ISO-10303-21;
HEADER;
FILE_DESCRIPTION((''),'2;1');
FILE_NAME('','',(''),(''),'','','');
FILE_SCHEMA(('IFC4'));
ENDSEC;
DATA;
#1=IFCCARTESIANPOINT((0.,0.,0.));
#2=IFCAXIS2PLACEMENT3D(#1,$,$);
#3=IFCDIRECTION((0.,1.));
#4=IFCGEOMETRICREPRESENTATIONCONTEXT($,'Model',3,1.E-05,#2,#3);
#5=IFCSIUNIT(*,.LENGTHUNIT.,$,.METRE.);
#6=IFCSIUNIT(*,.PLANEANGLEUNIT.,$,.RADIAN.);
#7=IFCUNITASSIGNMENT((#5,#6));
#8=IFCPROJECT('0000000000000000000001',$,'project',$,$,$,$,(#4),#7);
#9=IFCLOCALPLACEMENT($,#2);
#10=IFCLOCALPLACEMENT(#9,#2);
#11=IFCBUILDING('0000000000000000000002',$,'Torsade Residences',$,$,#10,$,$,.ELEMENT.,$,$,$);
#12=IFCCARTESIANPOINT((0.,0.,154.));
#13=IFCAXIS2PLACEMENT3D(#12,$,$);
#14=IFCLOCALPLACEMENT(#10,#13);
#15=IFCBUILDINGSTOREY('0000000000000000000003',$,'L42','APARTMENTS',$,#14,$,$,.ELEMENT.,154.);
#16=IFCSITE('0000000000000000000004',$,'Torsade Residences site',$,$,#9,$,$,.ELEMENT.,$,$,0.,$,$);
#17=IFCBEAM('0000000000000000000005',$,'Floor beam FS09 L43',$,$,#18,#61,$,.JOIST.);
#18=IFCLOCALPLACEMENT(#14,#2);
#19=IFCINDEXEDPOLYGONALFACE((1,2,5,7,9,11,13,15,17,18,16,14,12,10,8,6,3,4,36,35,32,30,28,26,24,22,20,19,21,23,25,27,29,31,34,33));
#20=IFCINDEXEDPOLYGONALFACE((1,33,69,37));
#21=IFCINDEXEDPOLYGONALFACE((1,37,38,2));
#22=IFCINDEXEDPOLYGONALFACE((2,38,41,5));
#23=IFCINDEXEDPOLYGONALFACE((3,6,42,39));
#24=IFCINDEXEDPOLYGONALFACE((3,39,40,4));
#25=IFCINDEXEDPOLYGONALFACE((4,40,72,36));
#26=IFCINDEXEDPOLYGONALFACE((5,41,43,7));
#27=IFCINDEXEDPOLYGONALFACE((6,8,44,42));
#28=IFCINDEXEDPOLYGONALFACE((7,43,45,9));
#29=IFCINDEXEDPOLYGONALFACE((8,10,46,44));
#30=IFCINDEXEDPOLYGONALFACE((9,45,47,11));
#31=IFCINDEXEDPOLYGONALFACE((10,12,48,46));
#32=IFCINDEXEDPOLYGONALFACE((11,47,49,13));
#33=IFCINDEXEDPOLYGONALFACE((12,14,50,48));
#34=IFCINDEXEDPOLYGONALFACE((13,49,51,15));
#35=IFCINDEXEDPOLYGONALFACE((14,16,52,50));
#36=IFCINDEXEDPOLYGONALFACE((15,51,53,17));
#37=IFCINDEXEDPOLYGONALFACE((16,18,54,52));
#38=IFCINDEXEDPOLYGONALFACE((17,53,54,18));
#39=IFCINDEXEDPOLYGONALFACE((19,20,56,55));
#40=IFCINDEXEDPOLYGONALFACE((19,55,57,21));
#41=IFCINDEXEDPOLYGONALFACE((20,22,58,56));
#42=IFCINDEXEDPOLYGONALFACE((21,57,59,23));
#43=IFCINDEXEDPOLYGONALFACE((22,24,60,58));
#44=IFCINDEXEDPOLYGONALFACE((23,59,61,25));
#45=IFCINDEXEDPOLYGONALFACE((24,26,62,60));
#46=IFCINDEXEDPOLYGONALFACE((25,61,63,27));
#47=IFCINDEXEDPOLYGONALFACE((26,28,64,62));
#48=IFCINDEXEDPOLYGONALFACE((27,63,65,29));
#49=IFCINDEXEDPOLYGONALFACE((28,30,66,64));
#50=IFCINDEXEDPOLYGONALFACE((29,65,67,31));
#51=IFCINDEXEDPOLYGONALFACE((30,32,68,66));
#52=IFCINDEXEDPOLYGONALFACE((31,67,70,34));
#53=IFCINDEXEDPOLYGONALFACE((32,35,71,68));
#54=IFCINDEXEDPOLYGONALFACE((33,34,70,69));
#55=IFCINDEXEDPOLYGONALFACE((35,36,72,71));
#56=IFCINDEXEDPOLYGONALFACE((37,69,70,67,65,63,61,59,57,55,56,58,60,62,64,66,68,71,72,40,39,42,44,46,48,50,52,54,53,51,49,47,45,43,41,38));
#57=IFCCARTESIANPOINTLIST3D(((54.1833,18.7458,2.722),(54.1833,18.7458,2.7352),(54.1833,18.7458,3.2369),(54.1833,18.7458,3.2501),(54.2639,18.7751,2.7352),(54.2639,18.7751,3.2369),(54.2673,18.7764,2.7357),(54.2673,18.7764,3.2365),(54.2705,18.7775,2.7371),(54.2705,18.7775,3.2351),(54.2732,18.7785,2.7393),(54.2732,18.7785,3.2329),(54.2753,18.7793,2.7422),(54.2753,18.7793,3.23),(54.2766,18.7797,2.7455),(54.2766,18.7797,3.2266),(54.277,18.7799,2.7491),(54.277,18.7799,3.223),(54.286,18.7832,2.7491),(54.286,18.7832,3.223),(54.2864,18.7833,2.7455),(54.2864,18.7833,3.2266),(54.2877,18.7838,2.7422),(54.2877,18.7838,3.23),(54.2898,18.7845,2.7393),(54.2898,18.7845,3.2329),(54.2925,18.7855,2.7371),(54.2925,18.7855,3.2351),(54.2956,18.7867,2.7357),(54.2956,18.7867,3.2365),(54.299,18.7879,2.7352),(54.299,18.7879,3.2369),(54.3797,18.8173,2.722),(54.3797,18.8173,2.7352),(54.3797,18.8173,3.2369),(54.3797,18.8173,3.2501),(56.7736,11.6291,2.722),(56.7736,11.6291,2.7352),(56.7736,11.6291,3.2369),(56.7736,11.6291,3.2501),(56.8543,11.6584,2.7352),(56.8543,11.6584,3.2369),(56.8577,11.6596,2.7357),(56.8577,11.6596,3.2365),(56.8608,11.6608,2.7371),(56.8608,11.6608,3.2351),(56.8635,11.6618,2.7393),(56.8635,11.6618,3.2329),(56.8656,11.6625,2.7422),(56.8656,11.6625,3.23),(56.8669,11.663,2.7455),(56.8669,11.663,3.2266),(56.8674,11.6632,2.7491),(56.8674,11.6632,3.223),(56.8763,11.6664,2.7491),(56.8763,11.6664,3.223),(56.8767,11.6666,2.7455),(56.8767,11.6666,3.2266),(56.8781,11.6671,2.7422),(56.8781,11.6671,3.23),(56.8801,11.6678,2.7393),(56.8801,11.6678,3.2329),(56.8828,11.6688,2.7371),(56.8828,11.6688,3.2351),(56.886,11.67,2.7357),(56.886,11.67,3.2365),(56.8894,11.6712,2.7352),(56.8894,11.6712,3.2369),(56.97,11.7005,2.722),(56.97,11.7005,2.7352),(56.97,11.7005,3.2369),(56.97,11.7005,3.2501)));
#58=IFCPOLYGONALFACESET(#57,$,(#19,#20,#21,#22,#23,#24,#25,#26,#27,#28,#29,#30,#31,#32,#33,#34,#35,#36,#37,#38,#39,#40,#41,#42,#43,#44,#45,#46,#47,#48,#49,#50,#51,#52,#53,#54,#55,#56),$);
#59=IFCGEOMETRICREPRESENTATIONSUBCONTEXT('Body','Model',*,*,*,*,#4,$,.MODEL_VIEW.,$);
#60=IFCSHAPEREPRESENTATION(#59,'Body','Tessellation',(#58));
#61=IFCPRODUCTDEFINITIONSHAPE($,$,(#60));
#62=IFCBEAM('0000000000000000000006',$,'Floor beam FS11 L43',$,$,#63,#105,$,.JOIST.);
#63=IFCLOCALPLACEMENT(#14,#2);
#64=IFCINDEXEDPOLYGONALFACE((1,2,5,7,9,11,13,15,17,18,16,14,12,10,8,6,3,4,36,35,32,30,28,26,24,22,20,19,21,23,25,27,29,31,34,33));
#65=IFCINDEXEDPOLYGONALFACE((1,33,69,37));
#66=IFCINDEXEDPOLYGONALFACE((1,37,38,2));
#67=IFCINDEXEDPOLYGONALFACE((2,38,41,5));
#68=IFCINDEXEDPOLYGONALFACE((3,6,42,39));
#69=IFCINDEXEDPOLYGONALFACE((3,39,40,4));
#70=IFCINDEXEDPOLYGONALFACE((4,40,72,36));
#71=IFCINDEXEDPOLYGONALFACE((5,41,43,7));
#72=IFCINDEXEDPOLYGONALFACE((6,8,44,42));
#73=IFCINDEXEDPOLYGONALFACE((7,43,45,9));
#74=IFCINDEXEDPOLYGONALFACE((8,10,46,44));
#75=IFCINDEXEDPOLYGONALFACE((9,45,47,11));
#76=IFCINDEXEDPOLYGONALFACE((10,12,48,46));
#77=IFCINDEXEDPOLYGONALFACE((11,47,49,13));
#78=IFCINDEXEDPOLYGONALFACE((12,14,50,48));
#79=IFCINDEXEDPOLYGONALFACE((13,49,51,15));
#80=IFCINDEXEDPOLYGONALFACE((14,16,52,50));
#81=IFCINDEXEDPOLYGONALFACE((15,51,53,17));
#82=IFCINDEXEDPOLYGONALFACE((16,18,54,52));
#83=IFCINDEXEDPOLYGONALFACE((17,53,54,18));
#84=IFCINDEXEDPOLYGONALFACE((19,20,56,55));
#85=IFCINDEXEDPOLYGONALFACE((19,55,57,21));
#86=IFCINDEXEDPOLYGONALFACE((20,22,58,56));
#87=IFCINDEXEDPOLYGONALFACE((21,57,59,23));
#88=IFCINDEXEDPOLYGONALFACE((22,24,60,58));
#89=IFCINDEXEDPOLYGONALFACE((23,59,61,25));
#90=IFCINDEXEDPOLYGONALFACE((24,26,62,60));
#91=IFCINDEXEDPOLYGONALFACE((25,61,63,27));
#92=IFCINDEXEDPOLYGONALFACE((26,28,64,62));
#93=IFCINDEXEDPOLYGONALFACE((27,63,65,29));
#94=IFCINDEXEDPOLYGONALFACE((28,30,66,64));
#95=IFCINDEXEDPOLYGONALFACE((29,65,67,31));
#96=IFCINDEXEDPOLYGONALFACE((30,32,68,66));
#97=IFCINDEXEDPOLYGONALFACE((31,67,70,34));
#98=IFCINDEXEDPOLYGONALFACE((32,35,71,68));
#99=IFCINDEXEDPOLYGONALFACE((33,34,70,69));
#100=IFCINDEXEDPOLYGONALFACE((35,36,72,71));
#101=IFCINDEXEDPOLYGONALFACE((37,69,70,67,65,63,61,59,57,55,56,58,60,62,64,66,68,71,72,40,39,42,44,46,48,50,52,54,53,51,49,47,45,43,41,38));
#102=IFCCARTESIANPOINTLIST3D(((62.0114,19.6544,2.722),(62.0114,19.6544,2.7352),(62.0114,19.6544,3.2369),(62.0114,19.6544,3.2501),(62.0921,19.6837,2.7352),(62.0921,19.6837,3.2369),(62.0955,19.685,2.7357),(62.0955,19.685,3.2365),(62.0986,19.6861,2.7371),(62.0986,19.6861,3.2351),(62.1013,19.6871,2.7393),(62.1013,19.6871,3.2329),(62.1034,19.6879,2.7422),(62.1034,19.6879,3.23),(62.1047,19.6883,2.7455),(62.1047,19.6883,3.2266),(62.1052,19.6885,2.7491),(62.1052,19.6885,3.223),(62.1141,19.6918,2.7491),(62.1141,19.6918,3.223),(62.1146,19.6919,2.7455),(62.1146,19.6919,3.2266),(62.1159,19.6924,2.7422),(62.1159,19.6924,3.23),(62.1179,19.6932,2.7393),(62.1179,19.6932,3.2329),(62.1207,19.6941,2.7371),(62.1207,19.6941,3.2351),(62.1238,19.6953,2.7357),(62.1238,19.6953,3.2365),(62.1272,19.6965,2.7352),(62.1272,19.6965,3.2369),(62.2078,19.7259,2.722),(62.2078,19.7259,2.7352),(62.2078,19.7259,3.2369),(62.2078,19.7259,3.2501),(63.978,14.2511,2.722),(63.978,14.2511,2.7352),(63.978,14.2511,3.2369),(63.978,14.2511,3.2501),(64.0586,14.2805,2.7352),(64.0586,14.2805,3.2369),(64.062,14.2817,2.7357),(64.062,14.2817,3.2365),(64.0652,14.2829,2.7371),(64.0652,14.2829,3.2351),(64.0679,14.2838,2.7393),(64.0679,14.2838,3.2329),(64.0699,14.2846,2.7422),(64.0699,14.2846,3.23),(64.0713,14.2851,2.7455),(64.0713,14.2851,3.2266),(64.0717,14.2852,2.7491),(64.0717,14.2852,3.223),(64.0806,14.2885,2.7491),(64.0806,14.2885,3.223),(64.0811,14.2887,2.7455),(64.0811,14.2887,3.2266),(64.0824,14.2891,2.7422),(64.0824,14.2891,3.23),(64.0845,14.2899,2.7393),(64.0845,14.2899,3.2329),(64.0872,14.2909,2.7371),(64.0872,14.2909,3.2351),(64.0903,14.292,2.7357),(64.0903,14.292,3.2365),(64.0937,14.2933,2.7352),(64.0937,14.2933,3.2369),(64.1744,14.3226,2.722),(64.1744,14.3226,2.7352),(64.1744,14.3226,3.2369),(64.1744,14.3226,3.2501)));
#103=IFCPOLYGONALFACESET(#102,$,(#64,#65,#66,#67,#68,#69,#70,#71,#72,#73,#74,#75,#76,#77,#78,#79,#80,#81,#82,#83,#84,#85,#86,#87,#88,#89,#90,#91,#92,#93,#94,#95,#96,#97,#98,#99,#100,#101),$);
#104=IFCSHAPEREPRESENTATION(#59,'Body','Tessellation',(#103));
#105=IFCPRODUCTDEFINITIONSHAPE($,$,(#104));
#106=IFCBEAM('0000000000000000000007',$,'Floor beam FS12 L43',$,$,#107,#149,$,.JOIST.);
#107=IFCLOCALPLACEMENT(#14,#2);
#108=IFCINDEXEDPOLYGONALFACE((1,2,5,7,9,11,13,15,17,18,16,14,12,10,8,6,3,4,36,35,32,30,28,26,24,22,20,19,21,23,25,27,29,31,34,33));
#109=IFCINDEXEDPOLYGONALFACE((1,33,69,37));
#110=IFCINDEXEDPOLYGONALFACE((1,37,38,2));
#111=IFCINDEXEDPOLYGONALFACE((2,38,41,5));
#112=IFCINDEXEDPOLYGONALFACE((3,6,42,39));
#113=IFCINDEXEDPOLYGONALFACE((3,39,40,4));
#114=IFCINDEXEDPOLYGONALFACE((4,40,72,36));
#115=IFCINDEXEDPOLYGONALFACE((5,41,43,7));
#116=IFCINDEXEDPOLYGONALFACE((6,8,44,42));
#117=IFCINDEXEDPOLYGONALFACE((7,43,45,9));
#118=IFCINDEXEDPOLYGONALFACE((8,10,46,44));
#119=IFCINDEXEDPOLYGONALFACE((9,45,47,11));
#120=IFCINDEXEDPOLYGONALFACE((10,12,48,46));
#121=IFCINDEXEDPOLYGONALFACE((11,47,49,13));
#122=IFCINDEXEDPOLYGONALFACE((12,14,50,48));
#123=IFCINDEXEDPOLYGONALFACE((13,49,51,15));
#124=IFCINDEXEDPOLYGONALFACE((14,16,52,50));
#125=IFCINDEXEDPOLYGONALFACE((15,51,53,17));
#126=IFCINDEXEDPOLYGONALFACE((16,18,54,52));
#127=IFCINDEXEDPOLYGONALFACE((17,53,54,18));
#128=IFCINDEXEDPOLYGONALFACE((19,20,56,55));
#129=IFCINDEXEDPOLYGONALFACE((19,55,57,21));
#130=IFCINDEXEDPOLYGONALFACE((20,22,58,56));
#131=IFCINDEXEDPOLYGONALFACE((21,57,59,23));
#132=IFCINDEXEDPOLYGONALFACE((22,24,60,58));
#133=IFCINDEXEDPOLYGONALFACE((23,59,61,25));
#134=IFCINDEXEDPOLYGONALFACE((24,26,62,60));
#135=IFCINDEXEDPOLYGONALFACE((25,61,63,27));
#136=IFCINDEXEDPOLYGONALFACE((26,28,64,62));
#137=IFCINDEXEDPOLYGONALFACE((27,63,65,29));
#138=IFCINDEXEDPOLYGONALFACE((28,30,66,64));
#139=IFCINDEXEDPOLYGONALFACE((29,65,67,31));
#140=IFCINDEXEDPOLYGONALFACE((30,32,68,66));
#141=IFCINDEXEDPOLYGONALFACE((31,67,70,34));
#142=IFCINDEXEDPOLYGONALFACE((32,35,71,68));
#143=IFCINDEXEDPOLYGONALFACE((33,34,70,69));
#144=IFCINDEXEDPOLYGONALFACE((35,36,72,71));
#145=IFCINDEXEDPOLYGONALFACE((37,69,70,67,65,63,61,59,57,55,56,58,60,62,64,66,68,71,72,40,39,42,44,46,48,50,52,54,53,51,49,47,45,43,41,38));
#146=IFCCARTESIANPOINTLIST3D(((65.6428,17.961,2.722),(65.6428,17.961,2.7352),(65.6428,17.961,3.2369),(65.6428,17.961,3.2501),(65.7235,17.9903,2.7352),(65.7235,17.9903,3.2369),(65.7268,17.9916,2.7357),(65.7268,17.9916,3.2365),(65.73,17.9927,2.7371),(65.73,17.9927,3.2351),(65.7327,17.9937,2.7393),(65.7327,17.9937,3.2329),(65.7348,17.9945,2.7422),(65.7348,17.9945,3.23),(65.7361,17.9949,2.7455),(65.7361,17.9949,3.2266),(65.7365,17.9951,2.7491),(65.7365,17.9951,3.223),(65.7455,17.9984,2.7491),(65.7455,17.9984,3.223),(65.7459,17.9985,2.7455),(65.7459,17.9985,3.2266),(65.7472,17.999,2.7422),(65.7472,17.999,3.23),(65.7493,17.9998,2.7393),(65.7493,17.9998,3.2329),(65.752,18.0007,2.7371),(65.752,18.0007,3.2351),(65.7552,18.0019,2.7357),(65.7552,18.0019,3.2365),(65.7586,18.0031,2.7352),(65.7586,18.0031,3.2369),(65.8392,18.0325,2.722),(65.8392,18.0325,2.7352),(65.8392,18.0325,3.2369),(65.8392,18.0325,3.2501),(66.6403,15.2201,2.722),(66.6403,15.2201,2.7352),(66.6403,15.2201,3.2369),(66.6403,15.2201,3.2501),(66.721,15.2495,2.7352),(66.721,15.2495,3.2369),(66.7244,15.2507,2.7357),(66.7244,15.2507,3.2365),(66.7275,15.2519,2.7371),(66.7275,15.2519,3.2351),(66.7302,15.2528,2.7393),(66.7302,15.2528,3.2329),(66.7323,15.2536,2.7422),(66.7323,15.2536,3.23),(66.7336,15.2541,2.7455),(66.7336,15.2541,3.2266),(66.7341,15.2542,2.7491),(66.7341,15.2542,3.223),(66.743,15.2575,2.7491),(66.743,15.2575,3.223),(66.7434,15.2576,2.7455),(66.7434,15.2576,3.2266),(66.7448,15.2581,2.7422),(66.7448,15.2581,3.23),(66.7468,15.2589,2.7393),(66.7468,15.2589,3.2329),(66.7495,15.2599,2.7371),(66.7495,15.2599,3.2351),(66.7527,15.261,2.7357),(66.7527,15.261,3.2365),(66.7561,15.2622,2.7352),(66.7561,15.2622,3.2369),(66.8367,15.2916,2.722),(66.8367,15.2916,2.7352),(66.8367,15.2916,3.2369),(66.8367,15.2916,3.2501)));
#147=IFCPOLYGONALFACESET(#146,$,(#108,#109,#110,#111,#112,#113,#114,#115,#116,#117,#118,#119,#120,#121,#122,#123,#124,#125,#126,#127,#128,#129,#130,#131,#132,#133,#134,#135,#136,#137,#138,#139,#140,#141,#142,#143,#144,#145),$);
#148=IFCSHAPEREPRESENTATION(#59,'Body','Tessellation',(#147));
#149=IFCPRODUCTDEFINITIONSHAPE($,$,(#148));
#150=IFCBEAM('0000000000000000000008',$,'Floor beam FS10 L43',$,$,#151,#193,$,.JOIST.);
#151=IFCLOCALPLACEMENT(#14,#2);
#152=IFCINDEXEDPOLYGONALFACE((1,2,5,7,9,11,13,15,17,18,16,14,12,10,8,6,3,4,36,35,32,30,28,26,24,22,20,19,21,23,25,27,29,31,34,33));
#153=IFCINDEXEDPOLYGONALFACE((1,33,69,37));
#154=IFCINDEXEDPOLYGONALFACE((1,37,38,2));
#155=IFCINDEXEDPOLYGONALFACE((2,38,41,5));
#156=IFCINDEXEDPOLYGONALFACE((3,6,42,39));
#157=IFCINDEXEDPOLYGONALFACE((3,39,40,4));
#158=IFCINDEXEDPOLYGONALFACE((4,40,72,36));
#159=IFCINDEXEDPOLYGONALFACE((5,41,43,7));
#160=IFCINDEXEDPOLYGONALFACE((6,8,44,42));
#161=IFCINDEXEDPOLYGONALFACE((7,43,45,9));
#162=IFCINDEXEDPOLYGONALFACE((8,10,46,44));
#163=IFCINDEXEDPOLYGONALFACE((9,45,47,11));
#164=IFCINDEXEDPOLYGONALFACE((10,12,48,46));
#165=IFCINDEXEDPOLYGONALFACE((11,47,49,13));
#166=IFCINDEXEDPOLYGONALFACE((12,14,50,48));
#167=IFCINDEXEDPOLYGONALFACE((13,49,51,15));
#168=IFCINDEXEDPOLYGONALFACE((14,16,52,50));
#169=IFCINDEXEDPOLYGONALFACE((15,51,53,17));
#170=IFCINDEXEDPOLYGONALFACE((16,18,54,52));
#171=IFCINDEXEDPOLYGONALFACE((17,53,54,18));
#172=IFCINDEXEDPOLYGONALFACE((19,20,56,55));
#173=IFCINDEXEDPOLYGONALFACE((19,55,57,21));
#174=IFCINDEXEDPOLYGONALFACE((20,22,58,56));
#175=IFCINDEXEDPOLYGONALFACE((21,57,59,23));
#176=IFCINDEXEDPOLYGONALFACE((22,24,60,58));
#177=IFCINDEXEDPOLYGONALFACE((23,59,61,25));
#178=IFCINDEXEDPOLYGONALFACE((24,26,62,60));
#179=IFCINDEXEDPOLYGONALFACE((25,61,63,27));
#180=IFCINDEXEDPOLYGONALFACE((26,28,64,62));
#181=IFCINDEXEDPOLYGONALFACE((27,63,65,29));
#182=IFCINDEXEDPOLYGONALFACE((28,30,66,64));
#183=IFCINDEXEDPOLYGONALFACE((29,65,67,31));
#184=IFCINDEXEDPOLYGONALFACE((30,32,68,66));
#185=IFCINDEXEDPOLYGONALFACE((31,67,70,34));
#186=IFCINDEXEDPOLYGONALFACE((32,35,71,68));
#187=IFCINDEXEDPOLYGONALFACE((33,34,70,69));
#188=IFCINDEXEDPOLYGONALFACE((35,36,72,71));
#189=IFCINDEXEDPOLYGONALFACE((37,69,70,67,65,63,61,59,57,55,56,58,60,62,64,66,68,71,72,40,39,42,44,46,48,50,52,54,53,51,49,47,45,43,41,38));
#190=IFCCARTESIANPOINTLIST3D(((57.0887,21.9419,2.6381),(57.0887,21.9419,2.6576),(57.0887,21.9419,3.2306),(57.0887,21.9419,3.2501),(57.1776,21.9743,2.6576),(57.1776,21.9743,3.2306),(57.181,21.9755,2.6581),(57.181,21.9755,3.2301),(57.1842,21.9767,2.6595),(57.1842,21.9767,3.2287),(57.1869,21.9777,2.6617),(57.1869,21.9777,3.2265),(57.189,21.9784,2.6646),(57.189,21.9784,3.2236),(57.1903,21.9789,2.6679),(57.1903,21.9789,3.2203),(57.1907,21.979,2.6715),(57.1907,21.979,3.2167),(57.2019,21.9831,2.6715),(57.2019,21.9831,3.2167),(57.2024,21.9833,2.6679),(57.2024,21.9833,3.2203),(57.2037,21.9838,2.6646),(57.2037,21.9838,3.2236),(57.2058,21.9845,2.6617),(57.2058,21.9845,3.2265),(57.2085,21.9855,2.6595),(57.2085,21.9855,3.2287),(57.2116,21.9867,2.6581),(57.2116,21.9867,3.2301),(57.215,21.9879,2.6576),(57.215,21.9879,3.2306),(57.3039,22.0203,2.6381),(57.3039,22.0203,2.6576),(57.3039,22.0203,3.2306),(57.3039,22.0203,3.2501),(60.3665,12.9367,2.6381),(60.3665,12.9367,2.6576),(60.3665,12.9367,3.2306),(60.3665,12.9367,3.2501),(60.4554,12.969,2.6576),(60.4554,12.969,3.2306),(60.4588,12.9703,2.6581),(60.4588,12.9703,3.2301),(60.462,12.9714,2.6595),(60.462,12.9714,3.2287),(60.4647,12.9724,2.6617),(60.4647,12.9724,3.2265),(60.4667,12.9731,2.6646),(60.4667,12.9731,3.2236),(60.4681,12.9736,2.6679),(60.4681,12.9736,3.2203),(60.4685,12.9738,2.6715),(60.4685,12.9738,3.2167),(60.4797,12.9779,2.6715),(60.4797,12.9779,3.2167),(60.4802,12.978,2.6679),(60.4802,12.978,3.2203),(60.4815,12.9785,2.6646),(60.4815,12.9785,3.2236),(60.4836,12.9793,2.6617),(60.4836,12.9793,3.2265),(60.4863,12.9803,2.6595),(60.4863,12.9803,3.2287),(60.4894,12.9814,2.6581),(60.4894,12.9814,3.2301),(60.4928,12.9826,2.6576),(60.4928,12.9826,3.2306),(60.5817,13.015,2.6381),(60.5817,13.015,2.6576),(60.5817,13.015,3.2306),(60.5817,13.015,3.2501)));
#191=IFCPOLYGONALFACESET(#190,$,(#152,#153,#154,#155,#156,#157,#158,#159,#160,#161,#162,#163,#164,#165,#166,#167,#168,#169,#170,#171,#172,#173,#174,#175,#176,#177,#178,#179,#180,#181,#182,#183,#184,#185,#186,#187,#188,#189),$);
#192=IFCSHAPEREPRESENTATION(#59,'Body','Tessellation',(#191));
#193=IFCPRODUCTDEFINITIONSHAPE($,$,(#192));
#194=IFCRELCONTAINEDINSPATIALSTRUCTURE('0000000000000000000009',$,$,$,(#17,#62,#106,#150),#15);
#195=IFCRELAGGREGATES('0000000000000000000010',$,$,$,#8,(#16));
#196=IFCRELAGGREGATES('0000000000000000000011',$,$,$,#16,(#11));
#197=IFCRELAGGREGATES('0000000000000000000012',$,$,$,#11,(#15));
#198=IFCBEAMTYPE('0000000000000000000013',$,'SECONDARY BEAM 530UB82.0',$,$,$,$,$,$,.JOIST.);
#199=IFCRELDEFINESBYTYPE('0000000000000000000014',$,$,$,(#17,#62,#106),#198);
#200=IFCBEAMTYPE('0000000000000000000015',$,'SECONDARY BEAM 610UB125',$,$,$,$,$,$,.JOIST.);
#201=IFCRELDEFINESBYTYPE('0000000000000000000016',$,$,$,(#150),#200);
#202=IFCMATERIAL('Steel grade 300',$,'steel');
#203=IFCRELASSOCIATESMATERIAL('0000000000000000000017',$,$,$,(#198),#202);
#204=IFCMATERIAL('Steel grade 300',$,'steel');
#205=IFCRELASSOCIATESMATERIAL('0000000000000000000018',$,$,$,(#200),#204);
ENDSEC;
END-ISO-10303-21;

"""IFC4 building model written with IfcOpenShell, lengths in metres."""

from ifc_helpers import new_model, si_unit, direction, frame, origin, origin_2d, place, context, subcontext, project, spatial, i_section, extrude, material, material_profile, profile_set, type_object, element, save


model = new_model("IFC4")

# Units and contexts
model_context = context("Model", 3, precision=1e-05, world=origin(), true_north=direction((0.0, 1.0)))
body_context = subcontext(model_context, "Body", "Model", "MODEL_VIEW")
ifc_project = project(units=[si_unit("LENGTHUNIT", "METRE"), si_unit("PLANEANGLEUNIT", "RADIAN")], contexts=[model_context])

# Site, building, storey
site_placement = place(None, origin())
site = spatial("IfcSite", under=ifc_project, at=site_placement, Name="Torsade Residences site", CompositionType="ELEMENT", RefElevation=0.0)
building_placement = place(site_placement, origin())
building = spatial("IfcBuilding", under=site, at=building_placement, Name="Torsade Residences", CompositionType="ELEMENT")
storey_placement = place(building_placement, frame((0.0, 0.0, 154.0)))
storey = spatial("IfcBuildingStorey", under=building, at=storey_placement, Name="L42", Description="APARTMENTS", CompositionType="ELEMENT", Elevation=154.0)

# Beams
ifc_material_1 = material(Name="Steel grade 300", Category="steel")
ifc_material_profile_1 = material_profile(ifc_material_1, i_section(OverallWidth=0.209, OverallDepth=0.5281, WebThickness=0.0095, FlangeThickness=0.0132, FilletRadius=0.0139, at=origin_2d()), Name="530UB82.0")
ifc_profile_set_1 = profile_set([ifc_material_profile_1], Name="Steel grade 300")
beam_type_1 = type_object("IfcBeamType", Name="SECONDARY BEAM 530UB82.0", PredefinedType="JOIST", material=ifc_profile_set_1)
beam_1_placement = place(storey_placement, frame((56.8718, 11.6648, 2.9861), z_axis=(-0.342028, 0.93969, 0.0), x_axis=(-0.93969, -0.342028, 0.0)))
element("IfcBeam", 1, at=beam_1_placement, inside=storey, type_object=beam_type_1, Name="Floor beam FS09 L43", PredefinedType="JOIST", context=body_context, shape_type="SweptSolid", body=[
    extrude(i_section(OverallWidth=0.209, OverallDepth=0.5281, WebThickness=0.0095, FlangeThickness=0.0132, FilletRadius=0.0139, at=origin_2d()), origin(), (0.0, 0.0, 1.0), 7.5735),
])
beam_2_placement = place(storey_placement, frame((64.0762, 14.2869, 2.9861), z_axis=(-0.342006, 0.939698, 0.0), x_axis=(-0.939698, -0.342006, 0.0)))
element("IfcBeam", 2, at=beam_2_placement, inside=storey, type_object=beam_type_1, Name="Floor beam FS11 L43", PredefinedType="JOIST", context=body_context, shape_type="SweptSolid", body=[
    extrude(i_section(OverallWidth=0.209, OverallDepth=0.5281, WebThickness=0.0095, FlangeThickness=0.0132, FilletRadius=0.0139, at=origin_2d()), origin(), (0.0, 0.0, 1.0), 5.75),
])
beam_3_placement = place(storey_placement, frame((66.7385, 15.2559, 2.9861), z_axis=(-0.341998, 0.939701, 0.0), x_axis=(-0.939701, -0.341998, 0.0)))
element("IfcBeam", 3, at=beam_3_placement, inside=storey, type_object=beam_type_1, Name="Floor beam FS12 L43", PredefinedType="JOIST", context=body_context, shape_type="SweptSolid", body=[
    extrude(i_section(OverallWidth=0.209, OverallDepth=0.5281, WebThickness=0.0095, FlangeThickness=0.0132, FilletRadius=0.0139, at=origin_2d()), origin(), (0.0, 0.0, 1.0), 2.9167),
])
ifc_material_2 = material(Name="Steel grade 300", Category="steel")
ifc_material_profile_2 = material_profile(ifc_material_2, i_section(OverallWidth=0.229, OverallDepth=0.6121, WebThickness=0.012, FlangeThickness=0.0195, FilletRadius=0.0139, at=origin_2d()), Name="610UB125")
ifc_profile_set_2 = profile_set([ifc_material_profile_2], Name="Steel grade 300")
beam_type_2 = type_object("IfcBeamType", Name="SECONDARY BEAM 610UB125", PredefinedType="JOIST", material=ifc_profile_set_2)
beam_4_placement = place(storey_placement, frame((60.4741, 12.9758, 2.9441), z_axis=(-0.342034, 0.939688, 0.0), x_axis=(-0.939688, -0.342034, 0.0)))
element("IfcBeam", 4, at=beam_4_placement, inside=storey, type_object=beam_type_2, Name="Floor beam FS10 L43", PredefinedType="JOIST", context=body_context, shape_type="SweptSolid", body=[
    extrude(i_section(OverallWidth=0.229, OverallDepth=0.6121, WebThickness=0.012, FlangeThickness=0.0195, FilletRadius=0.0139, at=origin_2d()), origin(), (0.0, 0.0, 1.0), 9.5833),
])

save(model, "model.ifc")
